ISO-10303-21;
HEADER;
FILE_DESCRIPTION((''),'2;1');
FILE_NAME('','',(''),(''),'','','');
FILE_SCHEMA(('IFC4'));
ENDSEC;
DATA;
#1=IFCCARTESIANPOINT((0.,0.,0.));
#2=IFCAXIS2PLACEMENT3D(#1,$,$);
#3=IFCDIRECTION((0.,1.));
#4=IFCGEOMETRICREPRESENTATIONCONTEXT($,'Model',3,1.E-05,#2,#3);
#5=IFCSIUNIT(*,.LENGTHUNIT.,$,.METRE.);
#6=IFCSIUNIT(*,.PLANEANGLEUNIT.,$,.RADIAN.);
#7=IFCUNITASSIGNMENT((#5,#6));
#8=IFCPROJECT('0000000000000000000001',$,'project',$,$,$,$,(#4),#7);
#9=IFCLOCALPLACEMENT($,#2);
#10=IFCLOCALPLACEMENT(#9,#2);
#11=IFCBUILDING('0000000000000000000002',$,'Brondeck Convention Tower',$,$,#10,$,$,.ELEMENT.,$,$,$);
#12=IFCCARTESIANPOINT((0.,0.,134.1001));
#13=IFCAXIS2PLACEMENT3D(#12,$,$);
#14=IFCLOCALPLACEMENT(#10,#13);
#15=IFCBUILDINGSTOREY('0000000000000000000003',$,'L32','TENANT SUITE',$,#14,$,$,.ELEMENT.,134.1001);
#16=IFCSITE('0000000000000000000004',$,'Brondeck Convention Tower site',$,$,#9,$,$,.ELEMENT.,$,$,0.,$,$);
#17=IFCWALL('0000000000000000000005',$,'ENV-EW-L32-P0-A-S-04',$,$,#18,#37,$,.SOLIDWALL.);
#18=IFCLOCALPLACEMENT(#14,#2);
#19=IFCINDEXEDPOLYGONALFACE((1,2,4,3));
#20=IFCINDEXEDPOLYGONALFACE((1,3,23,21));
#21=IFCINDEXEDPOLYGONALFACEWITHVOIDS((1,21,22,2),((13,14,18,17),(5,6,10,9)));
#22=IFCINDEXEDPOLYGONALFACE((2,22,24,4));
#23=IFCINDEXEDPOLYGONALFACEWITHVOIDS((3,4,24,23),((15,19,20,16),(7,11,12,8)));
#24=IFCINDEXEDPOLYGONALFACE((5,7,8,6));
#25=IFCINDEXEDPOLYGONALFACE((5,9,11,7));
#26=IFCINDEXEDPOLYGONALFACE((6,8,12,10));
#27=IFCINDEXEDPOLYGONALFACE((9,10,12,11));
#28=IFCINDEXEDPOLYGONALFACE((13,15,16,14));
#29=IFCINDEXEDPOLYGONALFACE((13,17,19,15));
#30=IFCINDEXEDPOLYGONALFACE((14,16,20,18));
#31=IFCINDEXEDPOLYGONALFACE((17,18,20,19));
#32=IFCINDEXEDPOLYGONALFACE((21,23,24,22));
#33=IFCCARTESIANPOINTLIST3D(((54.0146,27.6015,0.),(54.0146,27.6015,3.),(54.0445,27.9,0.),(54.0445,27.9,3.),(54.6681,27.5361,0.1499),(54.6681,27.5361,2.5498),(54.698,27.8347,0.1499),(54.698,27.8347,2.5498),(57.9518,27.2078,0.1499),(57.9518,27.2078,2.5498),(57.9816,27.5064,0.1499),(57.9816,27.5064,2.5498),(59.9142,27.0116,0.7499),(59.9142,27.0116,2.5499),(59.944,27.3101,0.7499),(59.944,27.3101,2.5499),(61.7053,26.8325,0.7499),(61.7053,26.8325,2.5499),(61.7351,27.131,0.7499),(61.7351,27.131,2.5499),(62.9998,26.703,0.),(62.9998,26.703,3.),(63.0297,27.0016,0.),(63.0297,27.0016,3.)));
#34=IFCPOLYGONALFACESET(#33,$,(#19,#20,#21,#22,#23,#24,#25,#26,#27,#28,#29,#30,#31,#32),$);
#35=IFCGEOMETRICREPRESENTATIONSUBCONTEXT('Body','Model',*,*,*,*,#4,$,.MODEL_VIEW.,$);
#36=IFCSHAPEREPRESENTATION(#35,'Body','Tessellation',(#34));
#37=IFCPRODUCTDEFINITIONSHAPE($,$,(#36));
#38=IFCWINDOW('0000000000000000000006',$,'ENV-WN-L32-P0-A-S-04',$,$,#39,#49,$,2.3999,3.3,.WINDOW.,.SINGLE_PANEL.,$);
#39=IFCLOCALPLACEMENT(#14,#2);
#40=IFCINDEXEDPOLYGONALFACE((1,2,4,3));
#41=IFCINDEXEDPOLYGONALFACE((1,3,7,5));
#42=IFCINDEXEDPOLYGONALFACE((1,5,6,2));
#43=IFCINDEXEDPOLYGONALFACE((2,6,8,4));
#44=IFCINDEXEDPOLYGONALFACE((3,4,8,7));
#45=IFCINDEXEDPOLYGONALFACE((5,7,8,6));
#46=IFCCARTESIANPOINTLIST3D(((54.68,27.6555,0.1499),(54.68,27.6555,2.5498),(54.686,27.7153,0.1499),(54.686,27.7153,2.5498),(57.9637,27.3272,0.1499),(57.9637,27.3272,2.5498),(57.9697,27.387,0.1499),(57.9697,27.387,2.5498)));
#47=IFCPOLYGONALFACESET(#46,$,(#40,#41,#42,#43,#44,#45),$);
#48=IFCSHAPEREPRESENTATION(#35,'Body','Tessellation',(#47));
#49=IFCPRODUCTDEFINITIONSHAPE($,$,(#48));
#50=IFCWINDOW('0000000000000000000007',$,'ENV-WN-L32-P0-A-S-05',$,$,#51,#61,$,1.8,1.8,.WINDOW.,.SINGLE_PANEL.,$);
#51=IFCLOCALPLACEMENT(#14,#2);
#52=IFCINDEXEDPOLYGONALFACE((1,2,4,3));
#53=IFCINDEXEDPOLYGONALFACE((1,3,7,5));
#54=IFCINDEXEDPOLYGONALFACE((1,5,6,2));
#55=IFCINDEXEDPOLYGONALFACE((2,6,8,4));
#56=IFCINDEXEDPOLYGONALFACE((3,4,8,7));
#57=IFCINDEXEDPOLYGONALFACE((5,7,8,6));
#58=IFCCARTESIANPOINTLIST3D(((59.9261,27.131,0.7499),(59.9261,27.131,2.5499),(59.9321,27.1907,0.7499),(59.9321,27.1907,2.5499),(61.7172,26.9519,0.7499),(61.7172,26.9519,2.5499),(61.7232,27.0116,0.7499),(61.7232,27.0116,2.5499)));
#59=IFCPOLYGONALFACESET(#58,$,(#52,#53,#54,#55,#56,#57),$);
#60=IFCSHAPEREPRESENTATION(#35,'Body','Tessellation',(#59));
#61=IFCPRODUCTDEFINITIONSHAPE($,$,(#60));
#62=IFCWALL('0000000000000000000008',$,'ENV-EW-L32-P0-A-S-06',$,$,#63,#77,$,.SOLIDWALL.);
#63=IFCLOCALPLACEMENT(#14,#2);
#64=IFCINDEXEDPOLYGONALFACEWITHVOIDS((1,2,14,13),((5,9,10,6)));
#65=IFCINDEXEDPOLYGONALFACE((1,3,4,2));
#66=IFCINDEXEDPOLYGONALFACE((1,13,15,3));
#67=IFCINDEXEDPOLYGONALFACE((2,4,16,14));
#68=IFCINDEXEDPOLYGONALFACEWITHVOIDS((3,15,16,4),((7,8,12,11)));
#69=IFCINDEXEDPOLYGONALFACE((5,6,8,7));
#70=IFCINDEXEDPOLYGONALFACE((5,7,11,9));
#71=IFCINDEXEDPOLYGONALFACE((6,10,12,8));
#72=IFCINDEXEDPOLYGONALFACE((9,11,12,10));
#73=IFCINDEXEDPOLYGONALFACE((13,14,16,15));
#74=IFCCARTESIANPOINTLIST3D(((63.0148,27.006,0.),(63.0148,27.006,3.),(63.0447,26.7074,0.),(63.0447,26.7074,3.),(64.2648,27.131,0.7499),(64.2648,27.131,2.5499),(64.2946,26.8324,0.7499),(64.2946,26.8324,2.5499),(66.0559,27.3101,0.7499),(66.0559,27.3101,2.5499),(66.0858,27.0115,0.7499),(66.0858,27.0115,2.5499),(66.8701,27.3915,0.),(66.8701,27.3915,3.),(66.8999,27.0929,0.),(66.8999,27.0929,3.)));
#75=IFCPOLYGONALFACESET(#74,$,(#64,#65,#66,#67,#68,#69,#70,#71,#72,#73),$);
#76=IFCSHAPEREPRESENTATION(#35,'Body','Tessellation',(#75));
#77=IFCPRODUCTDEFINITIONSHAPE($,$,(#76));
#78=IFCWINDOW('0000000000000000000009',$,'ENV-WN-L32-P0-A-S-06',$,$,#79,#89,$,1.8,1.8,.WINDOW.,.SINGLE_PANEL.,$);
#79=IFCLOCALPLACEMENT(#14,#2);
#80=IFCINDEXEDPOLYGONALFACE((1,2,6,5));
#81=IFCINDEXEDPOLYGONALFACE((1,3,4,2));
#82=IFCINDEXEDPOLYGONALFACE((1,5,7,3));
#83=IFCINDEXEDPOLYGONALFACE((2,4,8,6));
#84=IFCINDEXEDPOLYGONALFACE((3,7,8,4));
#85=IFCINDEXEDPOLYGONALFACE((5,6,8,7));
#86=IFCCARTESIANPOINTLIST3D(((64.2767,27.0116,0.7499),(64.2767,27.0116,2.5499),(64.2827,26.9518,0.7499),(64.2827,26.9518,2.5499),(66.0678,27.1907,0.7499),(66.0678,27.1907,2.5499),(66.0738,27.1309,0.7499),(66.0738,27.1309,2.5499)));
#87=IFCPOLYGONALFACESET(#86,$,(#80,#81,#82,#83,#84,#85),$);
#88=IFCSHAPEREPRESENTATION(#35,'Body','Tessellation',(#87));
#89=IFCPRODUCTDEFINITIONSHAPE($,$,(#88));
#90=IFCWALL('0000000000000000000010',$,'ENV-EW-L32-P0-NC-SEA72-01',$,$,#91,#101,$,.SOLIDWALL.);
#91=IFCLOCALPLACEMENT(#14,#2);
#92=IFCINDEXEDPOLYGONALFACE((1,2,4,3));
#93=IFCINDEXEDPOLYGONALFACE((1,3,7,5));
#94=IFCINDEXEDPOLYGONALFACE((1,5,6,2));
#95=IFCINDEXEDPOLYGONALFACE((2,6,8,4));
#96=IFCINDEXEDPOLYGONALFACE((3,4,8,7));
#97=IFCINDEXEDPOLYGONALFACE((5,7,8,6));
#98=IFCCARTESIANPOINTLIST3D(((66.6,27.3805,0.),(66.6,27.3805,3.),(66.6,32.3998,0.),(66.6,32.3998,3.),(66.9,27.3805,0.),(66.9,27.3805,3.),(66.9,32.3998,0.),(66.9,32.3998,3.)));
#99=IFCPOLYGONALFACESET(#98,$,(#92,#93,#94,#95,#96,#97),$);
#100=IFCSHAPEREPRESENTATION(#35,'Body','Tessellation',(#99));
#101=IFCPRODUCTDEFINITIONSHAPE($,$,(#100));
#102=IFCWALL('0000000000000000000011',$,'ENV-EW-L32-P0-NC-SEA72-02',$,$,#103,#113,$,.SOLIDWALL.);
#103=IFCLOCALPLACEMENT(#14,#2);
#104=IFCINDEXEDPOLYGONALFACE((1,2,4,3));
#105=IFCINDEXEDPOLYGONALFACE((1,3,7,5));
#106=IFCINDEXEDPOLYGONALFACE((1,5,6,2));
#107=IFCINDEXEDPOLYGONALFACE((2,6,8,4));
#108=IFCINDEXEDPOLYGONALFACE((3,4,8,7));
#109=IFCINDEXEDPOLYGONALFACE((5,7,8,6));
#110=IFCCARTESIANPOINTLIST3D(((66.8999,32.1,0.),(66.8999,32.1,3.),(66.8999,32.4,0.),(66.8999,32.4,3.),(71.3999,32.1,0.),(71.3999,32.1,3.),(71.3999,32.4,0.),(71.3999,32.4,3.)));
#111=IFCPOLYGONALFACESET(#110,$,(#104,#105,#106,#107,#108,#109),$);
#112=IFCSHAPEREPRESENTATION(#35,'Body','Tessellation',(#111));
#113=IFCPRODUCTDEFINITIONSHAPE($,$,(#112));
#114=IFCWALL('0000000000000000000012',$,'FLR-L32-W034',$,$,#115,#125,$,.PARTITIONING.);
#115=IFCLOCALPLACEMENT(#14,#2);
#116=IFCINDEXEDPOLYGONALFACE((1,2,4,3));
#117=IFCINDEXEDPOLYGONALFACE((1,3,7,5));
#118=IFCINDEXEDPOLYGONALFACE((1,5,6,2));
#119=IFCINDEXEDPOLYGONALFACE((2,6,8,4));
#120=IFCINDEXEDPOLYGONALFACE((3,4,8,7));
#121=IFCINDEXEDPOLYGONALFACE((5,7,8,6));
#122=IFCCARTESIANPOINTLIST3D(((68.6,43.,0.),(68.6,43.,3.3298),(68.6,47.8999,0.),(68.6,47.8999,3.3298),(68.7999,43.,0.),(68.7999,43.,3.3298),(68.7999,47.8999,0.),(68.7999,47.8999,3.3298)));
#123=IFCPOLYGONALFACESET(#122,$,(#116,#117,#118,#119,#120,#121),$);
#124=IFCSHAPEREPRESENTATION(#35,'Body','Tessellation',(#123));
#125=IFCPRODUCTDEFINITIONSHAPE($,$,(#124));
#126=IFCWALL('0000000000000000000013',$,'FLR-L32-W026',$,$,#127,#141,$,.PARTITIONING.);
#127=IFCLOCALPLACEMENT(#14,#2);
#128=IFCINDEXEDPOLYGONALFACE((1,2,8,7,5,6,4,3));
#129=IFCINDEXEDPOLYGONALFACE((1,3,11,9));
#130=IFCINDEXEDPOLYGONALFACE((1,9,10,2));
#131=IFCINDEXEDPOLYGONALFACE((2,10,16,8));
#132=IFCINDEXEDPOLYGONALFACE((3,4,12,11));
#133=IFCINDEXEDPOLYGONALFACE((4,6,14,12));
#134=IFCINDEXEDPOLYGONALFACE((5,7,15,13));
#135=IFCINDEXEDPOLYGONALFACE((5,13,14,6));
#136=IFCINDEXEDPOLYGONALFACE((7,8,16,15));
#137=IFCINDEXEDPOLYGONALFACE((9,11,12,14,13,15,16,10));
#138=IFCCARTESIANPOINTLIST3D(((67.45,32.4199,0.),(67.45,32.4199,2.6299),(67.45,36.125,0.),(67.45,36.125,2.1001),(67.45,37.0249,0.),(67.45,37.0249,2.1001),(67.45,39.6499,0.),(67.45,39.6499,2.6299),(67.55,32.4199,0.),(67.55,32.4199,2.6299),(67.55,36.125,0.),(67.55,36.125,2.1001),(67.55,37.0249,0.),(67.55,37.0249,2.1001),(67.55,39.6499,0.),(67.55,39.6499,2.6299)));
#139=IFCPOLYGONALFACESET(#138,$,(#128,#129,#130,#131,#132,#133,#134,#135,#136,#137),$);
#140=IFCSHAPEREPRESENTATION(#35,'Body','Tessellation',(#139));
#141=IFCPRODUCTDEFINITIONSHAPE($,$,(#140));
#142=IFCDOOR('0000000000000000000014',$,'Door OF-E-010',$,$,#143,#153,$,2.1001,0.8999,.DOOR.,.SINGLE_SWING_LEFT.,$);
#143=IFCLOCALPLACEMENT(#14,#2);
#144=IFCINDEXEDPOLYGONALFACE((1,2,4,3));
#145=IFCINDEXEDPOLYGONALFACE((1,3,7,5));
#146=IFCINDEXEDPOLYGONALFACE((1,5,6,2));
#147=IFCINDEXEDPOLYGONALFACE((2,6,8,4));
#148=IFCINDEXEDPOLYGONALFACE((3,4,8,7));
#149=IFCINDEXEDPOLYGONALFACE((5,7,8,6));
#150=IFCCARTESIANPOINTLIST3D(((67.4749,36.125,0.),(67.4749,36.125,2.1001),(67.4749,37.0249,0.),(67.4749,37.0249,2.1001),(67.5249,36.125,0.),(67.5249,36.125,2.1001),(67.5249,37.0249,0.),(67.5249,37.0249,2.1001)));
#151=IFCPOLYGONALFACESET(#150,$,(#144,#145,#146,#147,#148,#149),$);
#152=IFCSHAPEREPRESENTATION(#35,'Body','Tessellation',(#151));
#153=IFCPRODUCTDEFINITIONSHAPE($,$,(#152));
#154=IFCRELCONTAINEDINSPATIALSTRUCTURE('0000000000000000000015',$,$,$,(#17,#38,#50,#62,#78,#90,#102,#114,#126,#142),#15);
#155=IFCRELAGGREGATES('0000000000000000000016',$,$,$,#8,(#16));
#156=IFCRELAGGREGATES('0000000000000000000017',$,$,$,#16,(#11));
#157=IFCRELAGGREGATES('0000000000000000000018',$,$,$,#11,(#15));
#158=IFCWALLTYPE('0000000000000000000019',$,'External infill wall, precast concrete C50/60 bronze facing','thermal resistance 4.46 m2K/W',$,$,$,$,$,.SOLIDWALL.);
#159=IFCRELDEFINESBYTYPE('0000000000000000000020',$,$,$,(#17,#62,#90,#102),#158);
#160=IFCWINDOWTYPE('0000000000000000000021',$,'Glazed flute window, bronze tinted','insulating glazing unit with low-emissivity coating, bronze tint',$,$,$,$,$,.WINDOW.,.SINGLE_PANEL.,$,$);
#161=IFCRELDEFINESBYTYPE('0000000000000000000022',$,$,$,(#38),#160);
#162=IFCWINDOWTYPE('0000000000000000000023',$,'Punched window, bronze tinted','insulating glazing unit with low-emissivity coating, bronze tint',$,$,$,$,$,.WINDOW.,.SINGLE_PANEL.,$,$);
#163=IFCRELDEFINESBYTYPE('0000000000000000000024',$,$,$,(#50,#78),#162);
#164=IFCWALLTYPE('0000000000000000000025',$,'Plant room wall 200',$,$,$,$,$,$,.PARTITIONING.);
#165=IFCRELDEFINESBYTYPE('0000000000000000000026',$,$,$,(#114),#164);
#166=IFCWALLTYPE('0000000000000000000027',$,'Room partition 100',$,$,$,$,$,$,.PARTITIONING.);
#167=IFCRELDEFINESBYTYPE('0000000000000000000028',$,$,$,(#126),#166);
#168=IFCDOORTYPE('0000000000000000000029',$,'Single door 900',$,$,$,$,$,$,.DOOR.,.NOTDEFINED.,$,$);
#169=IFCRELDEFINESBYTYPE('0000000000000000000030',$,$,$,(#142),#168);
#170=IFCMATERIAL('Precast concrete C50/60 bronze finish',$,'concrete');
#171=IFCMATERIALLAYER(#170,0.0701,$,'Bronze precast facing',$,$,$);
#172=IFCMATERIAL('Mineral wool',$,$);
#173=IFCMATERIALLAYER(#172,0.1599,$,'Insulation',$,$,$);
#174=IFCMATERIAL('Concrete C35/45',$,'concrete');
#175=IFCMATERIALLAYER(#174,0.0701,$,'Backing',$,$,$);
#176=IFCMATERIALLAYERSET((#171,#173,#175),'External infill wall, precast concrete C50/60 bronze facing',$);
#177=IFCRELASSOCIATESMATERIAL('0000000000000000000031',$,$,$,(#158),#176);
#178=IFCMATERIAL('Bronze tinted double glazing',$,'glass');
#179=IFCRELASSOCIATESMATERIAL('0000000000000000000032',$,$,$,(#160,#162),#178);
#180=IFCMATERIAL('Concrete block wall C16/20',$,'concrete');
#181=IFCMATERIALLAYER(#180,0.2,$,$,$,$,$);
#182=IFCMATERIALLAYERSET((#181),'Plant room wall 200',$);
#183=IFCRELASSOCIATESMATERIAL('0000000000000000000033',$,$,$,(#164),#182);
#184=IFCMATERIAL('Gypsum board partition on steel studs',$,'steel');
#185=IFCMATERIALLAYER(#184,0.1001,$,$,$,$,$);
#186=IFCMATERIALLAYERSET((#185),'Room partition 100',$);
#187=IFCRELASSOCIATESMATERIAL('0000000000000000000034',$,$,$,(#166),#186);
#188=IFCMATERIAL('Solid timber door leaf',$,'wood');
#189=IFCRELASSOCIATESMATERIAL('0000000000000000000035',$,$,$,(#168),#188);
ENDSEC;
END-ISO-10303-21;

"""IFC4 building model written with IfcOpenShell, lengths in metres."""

from ifc_helpers import new_model, si_unit, direction, frame, frame_2d, origin, place, context, subcontext, project, spatial, rectangle, extrude, material, layer, layer_set, type_object, element, fill, save


model = new_model("IFC4")

# Units and contexts
model_context = context("Model", 3, precision=1e-05, world=origin(), true_north=direction((0.0, 1.0)))
body_context = subcontext(model_context, "Body", "Model", "MODEL_VIEW")
ifc_project = project(units=[si_unit("LENGTHUNIT", "METRE"), si_unit("PLANEANGLEUNIT", "RADIAN")], contexts=[model_context])

# Site, building, storey
site_placement = place(None, origin())
site = spatial("IfcSite", under=ifc_project, at=site_placement, Name="Brondeck Convention Tower site", CompositionType="ELEMENT", RefElevation=0.0)
building_placement = place(site_placement, origin())
building = spatial("IfcBuilding", under=site, at=building_placement, Name="Brondeck Convention Tower", CompositionType="ELEMENT")
storey_placement = place(building_placement, frame((0.0, 0.0, 134.1001)))
storey = spatial("IfcBuildingStorey", under=building, at=storey_placement, Name="L32", Description="TENANT SUITE", CompositionType="ELEMENT", Elevation=134.1001)

# Wall, openings, windows
ifc_material_1 = material(Name="Precast concrete C50/60 bronze finish", Category="concrete")
ifc_layer_1 = layer(ifc_material_1, 0.0701, Name="Bronze precast facing")
ifc_material_2 = material(Name="Mineral wool")
ifc_layer_2 = layer(ifc_material_2, 0.1599, Name="Insulation")
ifc_material_3 = material(Name="Concrete C35/45", Category="concrete")
ifc_layer_3 = layer(ifc_material_3, 0.0701, Name="Backing")
ifc_layer_set_1 = layer_set([ifc_layer_1, ifc_layer_2, ifc_layer_3], Name="External infill wall, precast concrete C50/60 bronze facing")
wall_type_1 = type_object("IfcWallType", Name="External infill wall, precast concrete C50/60 bronze facing", Description="thermal resistance 4.46 m2K/W", PredefinedType="SOLIDWALL", material=ifc_layer_set_1)
wall_1_placement = place(storey_placement, frame((63.0149, 26.8523, 0.0), z_axis=(0.0, 0.0, 1.0), x_axis=(-0.995038, 0.099496, 0.0)))
wall_1 = element("IfcWall", 1, at=wall_1_placement, inside=storey, type_object=wall_type_1, Name="ENV-EW-L32-P0-A-S-04", PredefinedType="SOLIDWALL", context=body_context, shape_type="SweptSolid", body=[
    extrude(rectangle(XDim=9.03, YDim=0.3, at=frame_2d((4.5151, 0.0))), origin(), (0.0, 0.0, 1.0), 3.0),
])
opening_1_placement = place(wall_1_placement, frame((1.3013, 0.0, 0.75)))
opening_1 = element("IfcOpeningElement", 2, at=opening_1_placement, cuts=wall_1, PredefinedType="OPENING", context=body_context, shape_type="SweptSolid", body=[
    extrude(rectangle(XDim=1.8, YDim=1.8, at=frame_2d((0.8999, 0.8999))), frame((0.0, 0.1599, 0.0), z_axis=(0.0, -1.0, 0.0), x_axis=(1.0, 0.0, 0.0)), (0.0, 0.0, 1.0), 0.3201),
])
opening_2_placement = place(wall_1_placement, frame((5.0735, 0.0, 0.1499)))
opening_2 = element("IfcOpeningElement", 3, at=opening_2_placement, cuts=wall_1, PredefinedType="OPENING", context=body_context, shape_type="SweptSolid", body=[
    extrude(rectangle(XDim=3.3, YDim=2.3999, at=frame_2d((1.6499, 1.2))), frame((0.0, 0.1599, 0.0), z_axis=(0.0, -1.0, 0.0), x_axis=(1.0, 0.0, 0.0)), (0.0, 0.0, 1.0), 0.3201),
])
ifc_material_4 = material(Name="Bronze tinted double glazing", Category="glass")
window_type_1 = type_object("IfcWindowType", Name="Glazed flute window, bronze tinted", Description="insulating glazing unit with low-emissivity coating, bronze tint", PartitioningType="SINGLE_PANEL", PredefinedType="WINDOW", material=ifc_material_4)
window_1_placement = place(opening_2_placement, origin())
window_1 = element("IfcWindow", 4, at=window_1_placement, inside=storey, type_object=window_type_1, Name="ENV-WN-L32-P0-A-S-04", OverallHeight=2.3999, OverallWidth=3.3, PartitioningType="SINGLE_PANEL", PredefinedType="WINDOW", context=body_context, shape_type="SweptSolid", body=[
    extrude(rectangle(XDim=3.3, YDim=2.3999, at=frame_2d((1.6499, 1.2))), frame((0.0, 0.03, 0.0), z_axis=(0.0, -1.0, 0.0), x_axis=(1.0, 0.0, 0.0)), (0.0, 0.0, 1.0), 0.0601),
])
fill(opening_2, window_1)
window_type_2 = type_object("IfcWindowType", Name="Punched window, bronze tinted", Description="insulating glazing unit with low-emissivity coating, bronze tint", PartitioningType="SINGLE_PANEL", PredefinedType="WINDOW", material=ifc_material_4)
window_2_placement = place(opening_1_placement, origin())
window_2 = element("IfcWindow", 5, at=window_2_placement, inside=storey, type_object=window_type_2, Name="ENV-WN-L32-P0-A-S-05", OverallHeight=1.8, OverallWidth=1.8, PartitioningType="SINGLE_PANEL", PredefinedType="WINDOW", context=body_context, shape_type="SweptSolid", body=[
    extrude(rectangle(XDim=1.8, YDim=1.8, at=frame_2d((0.8999, 0.8999))), frame((0.0, 0.03, 0.0), z_axis=(0.0, -1.0, 0.0), x_axis=(1.0, 0.0, 0.0)), (0.0, 0.0, 1.0), 0.0601),
])
fill(opening_1, window_2)

# Wall, opening, window
wall_2_placement = place(storey_placement, frame((66.885, 27.2422, 0.0), z_axis=(0.0, 0.0, 1.0), x_axis=(-0.995038, -0.099497, 0.0)))
wall_2 = element("IfcWall", 6, at=wall_2_placement, inside=storey, type_object=wall_type_1, Name="ENV-EW-L32-P0-A-S-06", PredefinedType="SOLIDWALL", context=body_context, shape_type="SweptSolid", body=[
    extrude(rectangle(XDim=3.8745, YDim=0.3, at=frame_2d((1.9373, 0.0))), origin(), (0.0, 0.0, 1.0), 3.0),
])
opening_3_placement = place(wall_2_placement, frame((0.8184, 0.0, 0.75)))
opening_3 = element("IfcOpeningElement", 7, at=opening_3_placement, cuts=wall_2, PredefinedType="OPENING", context=body_context, shape_type="SweptSolid", body=[
    extrude(rectangle(XDim=1.8, YDim=1.8, at=frame_2d((0.8999, 0.8999))), frame((0.0, 0.1599, 0.0), z_axis=(0.0, -1.0, 0.0), x_axis=(1.0, 0.0, 0.0)), (0.0, 0.0, 1.0), 0.3201),
])
window_3_placement = place(opening_3_placement, origin())
window_3 = element("IfcWindow", 8, at=window_3_placement, inside=storey, type_object=window_type_2, Name="ENV-WN-L32-P0-A-S-06", OverallHeight=1.8, OverallWidth=1.8, PartitioningType="SINGLE_PANEL", PredefinedType="WINDOW", context=body_context, shape_type="SweptSolid", body=[
    extrude(rectangle(XDim=1.8, YDim=1.8, at=frame_2d((0.8999, 0.8999))), frame((0.0, 0.03, 0.0), z_axis=(0.0, -1.0, 0.0), x_axis=(1.0, 0.0, 0.0)), (0.0, 0.0, 1.0), 0.0601),
])
fill(opening_3, window_3)

# Walls
wall_3_placement = place(storey_placement, frame((66.75, 32.3999, 0.0), z_axis=(0.0, 0.0, 1.0), x_axis=(0.0, -1.0, 0.0)))
element("IfcWall", 9, at=wall_3_placement, inside=storey, type_object=wall_type_1, Name="ENV-EW-L32-P0-NC-SEA72-01", PredefinedType="SOLIDWALL", context=body_context, shape_type="SweptSolid", body=[
    extrude(rectangle(XDim=5.0193, YDim=0.3, at=frame_2d((2.5098, 0.0))), origin(), (0.0, 0.0, 1.0), 3.0),
])
wall_4_placement = place(storey_placement, frame((71.3999, 32.25, 0.0), z_axis=(0.0, 0.0, 1.0), x_axis=(-1.0, 0.0, 0.0)))
element("IfcWall", 10, at=wall_4_placement, inside=storey, type_object=wall_type_1, Name="ENV-EW-L32-P0-NC-SEA72-02", PredefinedType="SOLIDWALL", context=body_context, shape_type="SweptSolid", body=[
    extrude(rectangle(XDim=4.5, YDim=0.3, at=frame_2d((2.25, 0.0))), origin(), (0.0, 0.0, 1.0), 3.0),
])
ifc_material_5 = material(Name="Concrete block wall C16/20", Category="concrete")
ifc_layer_4 = layer(ifc_material_5, 0.2)
ifc_layer_set_2 = layer_set([ifc_layer_4], Name="Plant room wall 200")
wall_type_2 = type_object("IfcWallType", Name="Plant room wall 200", PredefinedType="PARTITIONING", material=ifc_layer_set_2)
wall_5_placement = place(storey_placement, frame((68.7, 43.0, 0.0), z_axis=(0.0, 0.0, 1.0), x_axis=(0.0, 1.0, 0.0)))
element("IfcWall", 11, at=wall_5_placement, inside=storey, type_object=wall_type_2, Name="FLR-L32-W034", PredefinedType="PARTITIONING", context=body_context, shape_type="SweptSolid", body=[
    extrude(rectangle(XDim=4.8999, YDim=0.2, at=frame_2d((2.45, 0.0))), origin(), (0.0, 0.0, 1.0), 3.3298),
])

# Wall, opening, door
ifc_material_6 = material(Name="Gypsum board partition on steel studs", Category="steel")
ifc_layer_5 = layer(ifc_material_6, 0.1001)
ifc_layer_set_3 = layer_set([ifc_layer_5], Name="Room partition 100")
wall_type_3 = type_object("IfcWallType", Name="Room partition 100", PredefinedType="PARTITIONING", material=ifc_layer_set_3)
wall_6_placement = place(storey_placement, frame((67.5, 39.6499, 0.0), z_axis=(0.0, 0.0, 1.0), x_axis=(0.0, -1.0, 0.0)))
wall_6 = element("IfcWall", 12, at=wall_6_placement, inside=storey, type_object=wall_type_3, Name="FLR-L32-W026", PredefinedType="PARTITIONING", context=body_context, shape_type="SweptSolid", body=[
    extrude(rectangle(XDim=7.23, YDim=0.1001, at=frame_2d((3.615, 0.0))), origin(), (0.0, 0.0, 1.0), 2.6299),
])
opening_4_placement = place(wall_6_placement, frame((2.625, 0.0, 0.0)))
opening_4 = element("IfcOpeningElement", 13, at=opening_4_placement, cuts=wall_6, PredefinedType="OPENING", context=body_context, shape_type="SweptSolid", body=[
    extrude(rectangle(XDim=0.8999, YDim=2.1001, at=frame_2d((0.45, 1.05))), frame((0.0, 0.0601, 0.0), z_axis=(0.0, -1.0, 0.0), x_axis=(1.0, 0.0, 0.0)), (0.0, 0.0, 1.0), 0.1201),
])
ifc_material_7 = material(Name="Solid timber door leaf", Category="wood")
door_type = type_object("IfcDoorType", Name="Single door 900", OperationType="NOTDEFINED", PredefinedType="DOOR", material=ifc_material_7)
door_1_placement = place(opening_4_placement, origin())
door_1 = element("IfcDoor", 14, at=door_1_placement, inside=storey, type_object=door_type, Name="Door OF-E-010", OperationType="SINGLE_SWING_LEFT", OverallHeight=2.1001, OverallWidth=0.8999, PredefinedType="DOOR", context=body_context, shape_type="SweptSolid", body=[
    extrude(rectangle(XDim=0.8999, YDim=2.1001, at=frame_2d((0.45, 1.05))), frame((0.0, 0.0249, 0.0), z_axis=(0.0, -1.0, 0.0), x_axis=(1.0, 0.0, 0.0)), (0.0, 0.0, 1.0), 0.05),
])
fill(opening_4, door_1)

save(model, "model.ifc")
